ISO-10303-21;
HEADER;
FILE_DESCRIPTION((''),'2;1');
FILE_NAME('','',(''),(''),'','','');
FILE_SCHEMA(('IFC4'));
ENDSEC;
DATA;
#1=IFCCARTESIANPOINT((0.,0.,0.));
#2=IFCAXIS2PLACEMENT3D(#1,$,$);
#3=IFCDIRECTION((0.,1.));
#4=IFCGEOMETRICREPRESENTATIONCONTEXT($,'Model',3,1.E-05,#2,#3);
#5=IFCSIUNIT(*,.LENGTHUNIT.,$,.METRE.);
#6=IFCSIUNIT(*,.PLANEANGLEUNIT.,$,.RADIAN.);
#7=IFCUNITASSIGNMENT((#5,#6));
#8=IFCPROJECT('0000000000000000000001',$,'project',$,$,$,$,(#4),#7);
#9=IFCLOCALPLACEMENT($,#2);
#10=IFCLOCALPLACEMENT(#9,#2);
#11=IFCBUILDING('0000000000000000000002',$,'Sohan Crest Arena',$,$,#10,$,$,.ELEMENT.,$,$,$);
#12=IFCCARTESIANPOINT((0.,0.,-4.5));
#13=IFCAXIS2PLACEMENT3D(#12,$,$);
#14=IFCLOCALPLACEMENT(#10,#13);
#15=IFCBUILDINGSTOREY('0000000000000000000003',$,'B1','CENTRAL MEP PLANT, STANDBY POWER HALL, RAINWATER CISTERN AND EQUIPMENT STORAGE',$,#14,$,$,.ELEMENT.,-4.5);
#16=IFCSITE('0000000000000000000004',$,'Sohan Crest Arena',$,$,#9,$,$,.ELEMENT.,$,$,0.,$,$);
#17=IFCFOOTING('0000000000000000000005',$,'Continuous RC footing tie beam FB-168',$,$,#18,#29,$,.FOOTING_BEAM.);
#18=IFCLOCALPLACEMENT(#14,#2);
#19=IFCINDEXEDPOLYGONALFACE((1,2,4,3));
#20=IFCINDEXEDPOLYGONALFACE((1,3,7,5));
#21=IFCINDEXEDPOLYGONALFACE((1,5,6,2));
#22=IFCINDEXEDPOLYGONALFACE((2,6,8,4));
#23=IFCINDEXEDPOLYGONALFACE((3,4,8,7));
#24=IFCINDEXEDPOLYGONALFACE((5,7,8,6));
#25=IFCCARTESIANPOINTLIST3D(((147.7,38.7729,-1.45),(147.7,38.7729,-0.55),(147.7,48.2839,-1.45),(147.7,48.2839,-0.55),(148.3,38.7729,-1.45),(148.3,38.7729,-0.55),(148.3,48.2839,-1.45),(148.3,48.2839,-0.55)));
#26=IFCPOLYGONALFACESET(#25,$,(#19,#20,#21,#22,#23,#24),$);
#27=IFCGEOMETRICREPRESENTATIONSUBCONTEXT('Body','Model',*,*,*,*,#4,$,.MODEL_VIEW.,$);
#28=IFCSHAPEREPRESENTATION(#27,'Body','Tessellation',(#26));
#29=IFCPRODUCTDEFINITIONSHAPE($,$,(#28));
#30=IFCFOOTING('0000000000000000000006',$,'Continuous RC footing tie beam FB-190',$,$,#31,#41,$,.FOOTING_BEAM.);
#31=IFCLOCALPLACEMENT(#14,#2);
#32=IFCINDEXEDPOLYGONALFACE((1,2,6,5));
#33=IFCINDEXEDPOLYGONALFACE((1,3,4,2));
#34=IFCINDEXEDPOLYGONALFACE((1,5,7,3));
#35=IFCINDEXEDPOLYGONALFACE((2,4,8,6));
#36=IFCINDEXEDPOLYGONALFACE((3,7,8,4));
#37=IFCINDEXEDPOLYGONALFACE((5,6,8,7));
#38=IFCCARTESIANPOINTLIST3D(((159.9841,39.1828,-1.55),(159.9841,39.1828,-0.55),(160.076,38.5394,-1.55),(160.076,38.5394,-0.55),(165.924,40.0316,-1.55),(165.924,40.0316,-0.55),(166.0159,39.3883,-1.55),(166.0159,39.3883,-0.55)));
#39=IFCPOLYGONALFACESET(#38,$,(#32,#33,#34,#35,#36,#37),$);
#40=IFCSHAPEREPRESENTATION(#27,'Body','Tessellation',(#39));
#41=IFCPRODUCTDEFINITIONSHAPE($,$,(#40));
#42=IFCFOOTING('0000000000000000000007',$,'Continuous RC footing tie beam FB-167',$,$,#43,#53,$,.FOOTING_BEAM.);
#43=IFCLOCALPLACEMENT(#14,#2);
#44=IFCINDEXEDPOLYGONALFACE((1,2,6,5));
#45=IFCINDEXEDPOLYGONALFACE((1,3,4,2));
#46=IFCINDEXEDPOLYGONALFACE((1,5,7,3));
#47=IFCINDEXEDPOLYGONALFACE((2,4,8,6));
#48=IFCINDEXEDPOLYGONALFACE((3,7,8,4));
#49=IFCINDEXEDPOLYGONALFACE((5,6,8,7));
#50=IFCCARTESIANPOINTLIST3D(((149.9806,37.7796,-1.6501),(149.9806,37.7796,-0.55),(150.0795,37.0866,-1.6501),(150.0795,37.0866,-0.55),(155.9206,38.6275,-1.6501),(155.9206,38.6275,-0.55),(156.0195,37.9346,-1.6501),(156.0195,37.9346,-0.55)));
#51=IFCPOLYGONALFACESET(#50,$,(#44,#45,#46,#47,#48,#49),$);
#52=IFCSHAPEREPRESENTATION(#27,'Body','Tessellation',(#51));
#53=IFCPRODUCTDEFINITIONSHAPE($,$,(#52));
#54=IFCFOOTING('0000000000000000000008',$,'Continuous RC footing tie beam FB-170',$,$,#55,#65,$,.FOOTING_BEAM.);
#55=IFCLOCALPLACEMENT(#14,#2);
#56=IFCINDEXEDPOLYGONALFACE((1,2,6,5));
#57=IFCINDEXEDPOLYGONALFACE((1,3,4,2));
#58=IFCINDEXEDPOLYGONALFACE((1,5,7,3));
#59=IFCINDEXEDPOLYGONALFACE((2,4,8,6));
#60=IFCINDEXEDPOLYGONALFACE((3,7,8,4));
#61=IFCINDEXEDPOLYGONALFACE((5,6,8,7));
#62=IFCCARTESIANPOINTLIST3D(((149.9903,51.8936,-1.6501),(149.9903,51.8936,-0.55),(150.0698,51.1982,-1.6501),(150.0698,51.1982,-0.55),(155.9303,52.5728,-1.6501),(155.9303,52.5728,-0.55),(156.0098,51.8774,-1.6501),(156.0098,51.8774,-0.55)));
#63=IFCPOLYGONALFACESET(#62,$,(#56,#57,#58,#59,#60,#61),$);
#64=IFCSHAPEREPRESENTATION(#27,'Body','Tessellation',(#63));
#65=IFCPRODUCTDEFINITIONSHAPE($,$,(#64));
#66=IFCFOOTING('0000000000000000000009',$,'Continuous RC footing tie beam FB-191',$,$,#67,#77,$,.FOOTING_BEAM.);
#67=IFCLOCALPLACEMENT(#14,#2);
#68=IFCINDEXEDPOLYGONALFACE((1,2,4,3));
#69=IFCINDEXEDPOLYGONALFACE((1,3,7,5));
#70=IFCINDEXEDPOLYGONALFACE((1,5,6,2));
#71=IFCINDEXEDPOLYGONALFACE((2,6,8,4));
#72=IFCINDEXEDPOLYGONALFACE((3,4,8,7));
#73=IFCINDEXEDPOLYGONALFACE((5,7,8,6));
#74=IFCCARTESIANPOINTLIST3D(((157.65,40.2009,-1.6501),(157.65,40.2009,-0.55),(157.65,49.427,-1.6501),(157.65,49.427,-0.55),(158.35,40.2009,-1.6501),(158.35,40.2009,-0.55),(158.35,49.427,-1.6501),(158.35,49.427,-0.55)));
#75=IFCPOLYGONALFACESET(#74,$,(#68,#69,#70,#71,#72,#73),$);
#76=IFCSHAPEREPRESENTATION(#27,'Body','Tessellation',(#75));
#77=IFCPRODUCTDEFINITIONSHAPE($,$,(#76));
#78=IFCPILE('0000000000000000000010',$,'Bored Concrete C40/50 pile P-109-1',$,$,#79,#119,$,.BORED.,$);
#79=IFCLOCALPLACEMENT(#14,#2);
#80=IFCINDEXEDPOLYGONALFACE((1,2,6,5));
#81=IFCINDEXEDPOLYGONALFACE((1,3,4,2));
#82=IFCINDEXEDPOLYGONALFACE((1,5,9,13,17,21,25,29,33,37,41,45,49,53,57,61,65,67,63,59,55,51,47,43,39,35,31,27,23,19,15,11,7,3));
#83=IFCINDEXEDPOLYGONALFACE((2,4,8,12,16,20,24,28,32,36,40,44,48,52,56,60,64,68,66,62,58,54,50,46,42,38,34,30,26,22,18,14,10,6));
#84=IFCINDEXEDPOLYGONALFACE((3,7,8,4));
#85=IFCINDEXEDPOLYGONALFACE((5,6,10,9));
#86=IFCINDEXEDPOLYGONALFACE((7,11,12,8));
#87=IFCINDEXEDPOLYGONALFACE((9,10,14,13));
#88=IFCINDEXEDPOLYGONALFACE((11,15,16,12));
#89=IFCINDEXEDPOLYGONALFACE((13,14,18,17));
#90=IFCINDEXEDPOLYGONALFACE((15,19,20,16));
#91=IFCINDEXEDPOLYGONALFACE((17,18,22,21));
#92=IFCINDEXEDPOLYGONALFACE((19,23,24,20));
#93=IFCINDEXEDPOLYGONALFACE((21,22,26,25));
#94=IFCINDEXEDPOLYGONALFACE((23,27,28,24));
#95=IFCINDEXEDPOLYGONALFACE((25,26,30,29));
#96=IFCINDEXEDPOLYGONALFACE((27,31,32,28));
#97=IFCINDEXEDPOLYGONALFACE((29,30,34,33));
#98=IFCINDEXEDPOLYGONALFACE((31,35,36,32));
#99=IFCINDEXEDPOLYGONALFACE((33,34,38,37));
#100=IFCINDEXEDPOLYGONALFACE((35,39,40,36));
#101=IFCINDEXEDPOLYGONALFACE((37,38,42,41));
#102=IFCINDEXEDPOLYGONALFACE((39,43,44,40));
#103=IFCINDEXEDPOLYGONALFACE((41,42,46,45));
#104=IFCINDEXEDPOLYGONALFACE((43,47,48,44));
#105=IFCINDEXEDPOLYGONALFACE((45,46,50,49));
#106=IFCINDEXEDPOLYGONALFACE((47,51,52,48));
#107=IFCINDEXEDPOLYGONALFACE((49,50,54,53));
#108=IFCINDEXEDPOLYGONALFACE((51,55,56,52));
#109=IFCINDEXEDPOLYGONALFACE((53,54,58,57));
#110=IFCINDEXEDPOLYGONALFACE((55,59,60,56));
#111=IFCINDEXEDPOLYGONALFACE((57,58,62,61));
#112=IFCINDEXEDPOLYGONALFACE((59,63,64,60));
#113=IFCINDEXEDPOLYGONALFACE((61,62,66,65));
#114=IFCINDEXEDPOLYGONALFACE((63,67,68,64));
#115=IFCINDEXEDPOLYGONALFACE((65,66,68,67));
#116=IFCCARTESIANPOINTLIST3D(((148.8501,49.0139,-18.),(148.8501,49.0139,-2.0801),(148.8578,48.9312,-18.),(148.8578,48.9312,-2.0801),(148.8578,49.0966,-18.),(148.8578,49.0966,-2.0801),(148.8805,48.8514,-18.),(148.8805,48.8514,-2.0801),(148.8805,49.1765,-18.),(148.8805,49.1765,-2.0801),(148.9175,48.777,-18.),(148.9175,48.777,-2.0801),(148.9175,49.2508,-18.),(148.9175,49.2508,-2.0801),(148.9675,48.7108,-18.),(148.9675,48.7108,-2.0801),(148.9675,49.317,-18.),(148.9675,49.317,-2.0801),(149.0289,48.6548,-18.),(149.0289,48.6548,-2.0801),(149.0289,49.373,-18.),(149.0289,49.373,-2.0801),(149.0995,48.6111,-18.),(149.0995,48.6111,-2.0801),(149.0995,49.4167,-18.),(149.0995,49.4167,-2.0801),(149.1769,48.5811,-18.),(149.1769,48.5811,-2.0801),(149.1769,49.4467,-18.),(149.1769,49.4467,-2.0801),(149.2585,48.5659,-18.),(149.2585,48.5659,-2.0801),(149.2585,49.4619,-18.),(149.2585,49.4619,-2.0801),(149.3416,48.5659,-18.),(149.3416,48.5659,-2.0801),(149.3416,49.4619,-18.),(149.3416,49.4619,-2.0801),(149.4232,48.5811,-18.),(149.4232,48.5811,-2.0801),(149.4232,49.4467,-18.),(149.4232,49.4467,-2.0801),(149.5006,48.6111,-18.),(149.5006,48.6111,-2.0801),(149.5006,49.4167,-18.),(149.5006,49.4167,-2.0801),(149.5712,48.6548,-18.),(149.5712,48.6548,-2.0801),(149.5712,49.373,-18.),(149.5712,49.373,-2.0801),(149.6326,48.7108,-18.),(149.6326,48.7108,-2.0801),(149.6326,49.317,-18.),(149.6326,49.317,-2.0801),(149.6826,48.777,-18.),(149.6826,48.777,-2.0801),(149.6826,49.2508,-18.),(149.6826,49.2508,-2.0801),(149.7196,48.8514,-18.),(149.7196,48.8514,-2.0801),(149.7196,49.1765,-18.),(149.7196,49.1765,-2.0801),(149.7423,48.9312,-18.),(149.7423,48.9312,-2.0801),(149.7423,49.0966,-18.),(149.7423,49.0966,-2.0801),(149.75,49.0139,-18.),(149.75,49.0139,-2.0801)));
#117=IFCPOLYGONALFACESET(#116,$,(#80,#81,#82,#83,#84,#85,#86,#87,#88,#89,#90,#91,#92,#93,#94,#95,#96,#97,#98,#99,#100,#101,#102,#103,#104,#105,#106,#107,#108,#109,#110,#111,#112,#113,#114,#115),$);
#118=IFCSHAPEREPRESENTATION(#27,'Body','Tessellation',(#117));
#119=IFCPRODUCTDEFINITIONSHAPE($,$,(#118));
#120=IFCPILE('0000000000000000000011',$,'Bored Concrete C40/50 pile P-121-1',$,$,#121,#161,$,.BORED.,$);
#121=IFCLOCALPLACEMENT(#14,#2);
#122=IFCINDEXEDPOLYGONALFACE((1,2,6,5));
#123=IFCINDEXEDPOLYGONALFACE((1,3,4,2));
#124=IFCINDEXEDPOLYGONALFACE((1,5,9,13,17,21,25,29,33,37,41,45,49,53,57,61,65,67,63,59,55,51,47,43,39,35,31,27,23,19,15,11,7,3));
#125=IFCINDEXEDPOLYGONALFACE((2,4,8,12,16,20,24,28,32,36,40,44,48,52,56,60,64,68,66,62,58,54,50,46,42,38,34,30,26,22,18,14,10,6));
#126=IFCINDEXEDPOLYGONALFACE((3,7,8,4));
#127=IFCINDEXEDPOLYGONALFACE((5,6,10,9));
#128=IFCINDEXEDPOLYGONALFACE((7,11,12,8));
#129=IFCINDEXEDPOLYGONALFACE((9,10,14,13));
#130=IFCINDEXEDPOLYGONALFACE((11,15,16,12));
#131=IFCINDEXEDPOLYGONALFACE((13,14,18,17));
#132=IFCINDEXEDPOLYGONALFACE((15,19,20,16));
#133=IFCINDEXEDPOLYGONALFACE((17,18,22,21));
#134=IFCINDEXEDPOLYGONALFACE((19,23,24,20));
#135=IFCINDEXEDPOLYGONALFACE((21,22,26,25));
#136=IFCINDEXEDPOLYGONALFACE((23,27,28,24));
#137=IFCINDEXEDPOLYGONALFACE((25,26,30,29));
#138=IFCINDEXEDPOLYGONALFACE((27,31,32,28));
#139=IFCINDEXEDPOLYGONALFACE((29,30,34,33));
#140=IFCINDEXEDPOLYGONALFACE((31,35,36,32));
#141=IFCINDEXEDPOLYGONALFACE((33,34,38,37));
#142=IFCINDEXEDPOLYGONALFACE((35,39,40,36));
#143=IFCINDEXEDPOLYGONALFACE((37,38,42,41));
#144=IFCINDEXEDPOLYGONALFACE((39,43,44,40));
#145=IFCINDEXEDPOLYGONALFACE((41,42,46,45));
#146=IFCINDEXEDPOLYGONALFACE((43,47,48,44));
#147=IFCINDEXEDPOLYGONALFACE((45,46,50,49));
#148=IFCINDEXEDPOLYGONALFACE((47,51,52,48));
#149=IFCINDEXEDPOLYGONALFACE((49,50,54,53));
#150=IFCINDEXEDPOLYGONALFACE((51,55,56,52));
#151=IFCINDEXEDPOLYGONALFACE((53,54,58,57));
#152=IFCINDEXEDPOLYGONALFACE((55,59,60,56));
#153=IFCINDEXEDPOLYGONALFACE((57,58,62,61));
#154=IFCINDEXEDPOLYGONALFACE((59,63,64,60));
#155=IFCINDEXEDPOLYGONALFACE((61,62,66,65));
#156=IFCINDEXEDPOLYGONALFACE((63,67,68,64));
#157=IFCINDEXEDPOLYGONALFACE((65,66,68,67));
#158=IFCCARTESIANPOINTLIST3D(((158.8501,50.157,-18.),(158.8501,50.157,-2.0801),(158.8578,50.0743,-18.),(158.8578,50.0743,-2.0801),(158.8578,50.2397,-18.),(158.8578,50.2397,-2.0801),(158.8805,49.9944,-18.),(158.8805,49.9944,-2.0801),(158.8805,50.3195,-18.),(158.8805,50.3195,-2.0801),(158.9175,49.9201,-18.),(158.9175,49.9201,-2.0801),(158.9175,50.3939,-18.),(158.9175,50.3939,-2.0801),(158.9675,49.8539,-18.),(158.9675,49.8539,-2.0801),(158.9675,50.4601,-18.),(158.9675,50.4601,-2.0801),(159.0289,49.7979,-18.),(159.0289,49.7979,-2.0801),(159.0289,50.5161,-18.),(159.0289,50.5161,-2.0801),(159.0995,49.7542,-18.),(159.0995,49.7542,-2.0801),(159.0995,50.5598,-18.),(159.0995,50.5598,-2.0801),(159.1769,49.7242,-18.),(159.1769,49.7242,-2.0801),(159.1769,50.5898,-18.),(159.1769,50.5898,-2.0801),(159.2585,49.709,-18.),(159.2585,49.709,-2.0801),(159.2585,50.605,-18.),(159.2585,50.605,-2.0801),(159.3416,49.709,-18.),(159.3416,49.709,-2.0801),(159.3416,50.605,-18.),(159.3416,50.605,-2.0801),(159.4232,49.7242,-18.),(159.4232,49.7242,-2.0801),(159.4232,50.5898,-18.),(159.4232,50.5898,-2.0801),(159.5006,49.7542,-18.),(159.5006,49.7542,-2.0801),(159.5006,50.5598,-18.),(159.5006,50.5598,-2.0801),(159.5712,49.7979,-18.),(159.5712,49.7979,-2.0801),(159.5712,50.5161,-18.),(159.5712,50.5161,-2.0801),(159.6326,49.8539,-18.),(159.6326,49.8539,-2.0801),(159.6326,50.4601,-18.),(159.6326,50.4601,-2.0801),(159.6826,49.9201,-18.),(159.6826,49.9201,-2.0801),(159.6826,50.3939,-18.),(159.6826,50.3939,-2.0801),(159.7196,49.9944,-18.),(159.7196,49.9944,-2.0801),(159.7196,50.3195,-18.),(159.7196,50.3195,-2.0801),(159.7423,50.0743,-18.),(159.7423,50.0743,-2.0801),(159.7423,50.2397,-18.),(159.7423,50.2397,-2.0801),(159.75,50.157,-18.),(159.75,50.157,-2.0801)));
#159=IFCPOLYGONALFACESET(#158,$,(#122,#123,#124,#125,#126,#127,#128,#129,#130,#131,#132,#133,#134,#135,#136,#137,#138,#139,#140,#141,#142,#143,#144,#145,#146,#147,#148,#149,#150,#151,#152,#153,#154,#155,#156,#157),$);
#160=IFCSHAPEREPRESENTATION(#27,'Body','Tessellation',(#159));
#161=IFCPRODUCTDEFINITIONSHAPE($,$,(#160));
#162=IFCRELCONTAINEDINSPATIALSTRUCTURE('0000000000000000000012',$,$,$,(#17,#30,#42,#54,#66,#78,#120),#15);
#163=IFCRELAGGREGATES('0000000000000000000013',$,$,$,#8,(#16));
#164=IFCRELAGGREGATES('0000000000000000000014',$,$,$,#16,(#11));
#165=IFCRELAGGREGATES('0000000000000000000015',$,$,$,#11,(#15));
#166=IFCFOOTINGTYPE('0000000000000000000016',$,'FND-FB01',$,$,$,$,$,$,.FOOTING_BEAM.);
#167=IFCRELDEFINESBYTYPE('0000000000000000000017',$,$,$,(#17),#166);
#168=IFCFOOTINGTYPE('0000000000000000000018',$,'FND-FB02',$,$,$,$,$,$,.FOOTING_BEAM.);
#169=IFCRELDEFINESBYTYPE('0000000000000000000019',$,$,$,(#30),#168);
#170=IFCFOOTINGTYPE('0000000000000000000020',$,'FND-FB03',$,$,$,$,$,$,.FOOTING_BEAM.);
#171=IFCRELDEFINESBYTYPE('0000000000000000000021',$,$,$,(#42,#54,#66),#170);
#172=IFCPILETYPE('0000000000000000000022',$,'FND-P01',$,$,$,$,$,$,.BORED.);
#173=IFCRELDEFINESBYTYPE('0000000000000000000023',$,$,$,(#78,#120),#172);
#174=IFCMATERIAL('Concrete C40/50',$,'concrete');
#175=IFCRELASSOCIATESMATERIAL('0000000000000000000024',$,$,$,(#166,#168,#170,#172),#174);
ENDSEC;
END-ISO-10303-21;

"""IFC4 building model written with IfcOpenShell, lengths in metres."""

from ifc_helpers import new_model, si_unit, direction, frame, origin, origin_2d, place, context, subcontext, project, spatial, rectangle, circle, extrude, material, material_profile, profile_set, type_object, element, save


model = new_model("IFC4")

# Units and contexts
model_context = context("Model", 3, precision=1e-05, world=origin(), true_north=direction((0.0, 1.0)))
body_context = subcontext(model_context, "Body", "Model", "MODEL_VIEW")
ifc_project = project(units=[si_unit("LENGTHUNIT", "METRE"), si_unit("PLANEANGLEUNIT", "RADIAN")], contexts=[model_context])

# Site, building, storey
site_placement = place(None, origin())
site = spatial("IfcSite", under=ifc_project, at=site_placement, Name="Sohan Crest Arena", CompositionType="ELEMENT", RefElevation=0.0)
building_placement = place(site_placement, origin())
building = spatial("IfcBuilding", under=site, at=building_placement, Name="Sohan Crest Arena", CompositionType="ELEMENT")
storey_placement = place(building_placement, frame((0.0, 0.0, -4.5)))
storey = spatial("IfcBuildingStorey", under=building, at=storey_placement, Name="B1", Description="CENTRAL MEP PLANT, STANDBY POWER HALL, RAINWATER CISTERN AND EQUIPMENT STORAGE", CompositionType="ELEMENT", Elevation=-4.5)

# Footings
ifc_material_1 = material(Name="Concrete C40/50", Category="concrete")
ifc_material_profile_1 = material_profile(ifc_material_1, rectangle(XDim=0.6001, YDim=0.8999, at=origin_2d()), Name="RC-FB 600x900")
ifc_profile_set_1 = profile_set([ifc_material_profile_1], Name="Concrete C40/50")
footing_type_1 = type_object("IfcFootingType", Name="FND-FB01", PredefinedType="FOOTING_BEAM", material=ifc_profile_set_1)
footing_1_placement = place(storey_placement, frame((148.0, 38.7729, -1.0), z_axis=(0.0, 1.0, 0.0), x_axis=(-1.0, 0.0, 0.0)))
element("IfcFooting", 1, at=footing_1_placement, inside=storey, type_object=footing_type_1, Name="Continuous RC footing tie beam FB-168", PredefinedType="FOOTING_BEAM", context=body_context, shape_type="SweptSolid", body=[
    extrude(rectangle(XDim=0.6001, YDim=0.8999, at=origin_2d()), origin(), (0.0, 0.0, 1.0), 9.511),
])
ifc_material_profile_2 = material_profile(ifc_material_1, rectangle(XDim=0.6499, YDim=1.0, at=origin_2d()), Name="RC-FB 650x1000")
ifc_profile_set_2 = profile_set([ifc_material_profile_2], Name="Concrete C40/50")
footing_type_2 = type_object("IfcFootingType", Name="FND-FB02", PredefinedType="FOOTING_BEAM", material=ifc_profile_set_2)
footing_2_placement = place(storey_placement, frame((160.03, 38.8611, -1.05), z_axis=(0.989942, 0.141473, 0.0), x_axis=(-0.141473, 0.989942, 0.0)))
element("IfcFooting", 2, at=footing_2_placement, inside=storey, type_object=footing_type_2, Name="Continuous RC footing tie beam FB-190", PredefinedType="FOOTING_BEAM", context=body_context, shape_type="SweptSolid", body=[
    extrude(rectangle(XDim=0.6499, YDim=1.0, at=origin_2d()), origin(), (0.0, 0.0, 1.0), 6.0002),
])
ifc_material_profile_3 = material_profile(ifc_material_1, rectangle(XDim=0.7, YDim=1.1001, at=origin_2d()), Name="RC-FB 700x1100")
ifc_profile_set_3 = profile_set([ifc_material_profile_3], Name="Concrete C40/50")
footing_type_3 = type_object("IfcFootingType", Name="FND-FB03", PredefinedType="FOOTING_BEAM", material=ifc_profile_set_3)
footing_3_placement = place(storey_placement, frame((150.03, 37.4331, -1.1001), z_axis=(0.989965, 0.141313, 0.0), x_axis=(-0.141313, 0.989965, 0.0)))
element("IfcFooting", 3, at=footing_3_placement, inside=storey, type_object=footing_type_3, Name="Continuous RC footing tie beam FB-167", PredefinedType="FOOTING_BEAM", context=body_context, shape_type="SweptSolid", body=[
    extrude(rectangle(XDim=0.7, YDim=1.1001, at=origin_2d()), origin(), (0.0, 0.0, 1.0), 6.0002),
])
footing_4_placement = place(storey_placement, frame((150.03, 51.5459, -1.1001), z_axis=(0.993526, 0.113604, 0.0), x_axis=(-0.113604, 0.993526, 0.0)))
element("IfcFooting", 4, at=footing_4_placement, inside=storey, type_object=footing_type_3, Name="Continuous RC footing tie beam FB-170", PredefinedType="FOOTING_BEAM", context=body_context, shape_type="SweptSolid", body=[
    extrude(rectangle(XDim=0.7, YDim=1.1001, at=origin_2d()), origin(), (0.0, 0.0, 1.0), 5.9788),
])
footing_5_placement = place(storey_placement, frame((158.0, 40.2009, -1.1001), z_axis=(0.0, 1.0, 0.0), x_axis=(-1.0, 0.0, 0.0)))
element("IfcFooting", 5, at=footing_5_placement, inside=storey, type_object=footing_type_3, Name="Continuous RC footing tie beam FB-191", PredefinedType="FOOTING_BEAM", context=body_context, shape_type="SweptSolid", body=[
    extrude(rectangle(XDim=0.7, YDim=1.1001, at=origin_2d()), origin(), (0.0, 0.0, 1.0), 9.2261),
])

# Piles
ifc_material_profile_4 = material_profile(ifc_material_1, circle(Radius=0.45, at=origin_2d()), Name="PILE D900")
ifc_profile_set_4 = profile_set([ifc_material_profile_4], Name="Concrete C40/50")
pile_type_1 = type_object("IfcPileType", Name="FND-P01", PredefinedType="BORED", material=ifc_profile_set_4)
for number, where, z_axis, x_axis, name in (
    (6, (149.3, 49.0139, -18.0), (0.0, 0.0, 1.0), (1.0, 0.0, 0.0), "Bored Concrete C40/50 pile P-109-1"),
    (7, (159.3, 50.157, -18.0), (0.0, 0.0, 1.0), (1.0, 0.0, 0.0), "Bored Concrete C40/50 pile P-121-1"),
):
    element("IfcPile", number, at=place(storey_placement, frame(where, z_axis=z_axis, x_axis=x_axis)), inside=storey, type_object=pile_type_1, Name=name, PredefinedType="BORED", context=body_context, shape_type="SweptSolid", body=[
        extrude(circle(Radius=0.45, at=origin_2d()), origin(), (0.0, 0.0, 1.0), 15.9199),
    ])

save(model, "model.ifc")
